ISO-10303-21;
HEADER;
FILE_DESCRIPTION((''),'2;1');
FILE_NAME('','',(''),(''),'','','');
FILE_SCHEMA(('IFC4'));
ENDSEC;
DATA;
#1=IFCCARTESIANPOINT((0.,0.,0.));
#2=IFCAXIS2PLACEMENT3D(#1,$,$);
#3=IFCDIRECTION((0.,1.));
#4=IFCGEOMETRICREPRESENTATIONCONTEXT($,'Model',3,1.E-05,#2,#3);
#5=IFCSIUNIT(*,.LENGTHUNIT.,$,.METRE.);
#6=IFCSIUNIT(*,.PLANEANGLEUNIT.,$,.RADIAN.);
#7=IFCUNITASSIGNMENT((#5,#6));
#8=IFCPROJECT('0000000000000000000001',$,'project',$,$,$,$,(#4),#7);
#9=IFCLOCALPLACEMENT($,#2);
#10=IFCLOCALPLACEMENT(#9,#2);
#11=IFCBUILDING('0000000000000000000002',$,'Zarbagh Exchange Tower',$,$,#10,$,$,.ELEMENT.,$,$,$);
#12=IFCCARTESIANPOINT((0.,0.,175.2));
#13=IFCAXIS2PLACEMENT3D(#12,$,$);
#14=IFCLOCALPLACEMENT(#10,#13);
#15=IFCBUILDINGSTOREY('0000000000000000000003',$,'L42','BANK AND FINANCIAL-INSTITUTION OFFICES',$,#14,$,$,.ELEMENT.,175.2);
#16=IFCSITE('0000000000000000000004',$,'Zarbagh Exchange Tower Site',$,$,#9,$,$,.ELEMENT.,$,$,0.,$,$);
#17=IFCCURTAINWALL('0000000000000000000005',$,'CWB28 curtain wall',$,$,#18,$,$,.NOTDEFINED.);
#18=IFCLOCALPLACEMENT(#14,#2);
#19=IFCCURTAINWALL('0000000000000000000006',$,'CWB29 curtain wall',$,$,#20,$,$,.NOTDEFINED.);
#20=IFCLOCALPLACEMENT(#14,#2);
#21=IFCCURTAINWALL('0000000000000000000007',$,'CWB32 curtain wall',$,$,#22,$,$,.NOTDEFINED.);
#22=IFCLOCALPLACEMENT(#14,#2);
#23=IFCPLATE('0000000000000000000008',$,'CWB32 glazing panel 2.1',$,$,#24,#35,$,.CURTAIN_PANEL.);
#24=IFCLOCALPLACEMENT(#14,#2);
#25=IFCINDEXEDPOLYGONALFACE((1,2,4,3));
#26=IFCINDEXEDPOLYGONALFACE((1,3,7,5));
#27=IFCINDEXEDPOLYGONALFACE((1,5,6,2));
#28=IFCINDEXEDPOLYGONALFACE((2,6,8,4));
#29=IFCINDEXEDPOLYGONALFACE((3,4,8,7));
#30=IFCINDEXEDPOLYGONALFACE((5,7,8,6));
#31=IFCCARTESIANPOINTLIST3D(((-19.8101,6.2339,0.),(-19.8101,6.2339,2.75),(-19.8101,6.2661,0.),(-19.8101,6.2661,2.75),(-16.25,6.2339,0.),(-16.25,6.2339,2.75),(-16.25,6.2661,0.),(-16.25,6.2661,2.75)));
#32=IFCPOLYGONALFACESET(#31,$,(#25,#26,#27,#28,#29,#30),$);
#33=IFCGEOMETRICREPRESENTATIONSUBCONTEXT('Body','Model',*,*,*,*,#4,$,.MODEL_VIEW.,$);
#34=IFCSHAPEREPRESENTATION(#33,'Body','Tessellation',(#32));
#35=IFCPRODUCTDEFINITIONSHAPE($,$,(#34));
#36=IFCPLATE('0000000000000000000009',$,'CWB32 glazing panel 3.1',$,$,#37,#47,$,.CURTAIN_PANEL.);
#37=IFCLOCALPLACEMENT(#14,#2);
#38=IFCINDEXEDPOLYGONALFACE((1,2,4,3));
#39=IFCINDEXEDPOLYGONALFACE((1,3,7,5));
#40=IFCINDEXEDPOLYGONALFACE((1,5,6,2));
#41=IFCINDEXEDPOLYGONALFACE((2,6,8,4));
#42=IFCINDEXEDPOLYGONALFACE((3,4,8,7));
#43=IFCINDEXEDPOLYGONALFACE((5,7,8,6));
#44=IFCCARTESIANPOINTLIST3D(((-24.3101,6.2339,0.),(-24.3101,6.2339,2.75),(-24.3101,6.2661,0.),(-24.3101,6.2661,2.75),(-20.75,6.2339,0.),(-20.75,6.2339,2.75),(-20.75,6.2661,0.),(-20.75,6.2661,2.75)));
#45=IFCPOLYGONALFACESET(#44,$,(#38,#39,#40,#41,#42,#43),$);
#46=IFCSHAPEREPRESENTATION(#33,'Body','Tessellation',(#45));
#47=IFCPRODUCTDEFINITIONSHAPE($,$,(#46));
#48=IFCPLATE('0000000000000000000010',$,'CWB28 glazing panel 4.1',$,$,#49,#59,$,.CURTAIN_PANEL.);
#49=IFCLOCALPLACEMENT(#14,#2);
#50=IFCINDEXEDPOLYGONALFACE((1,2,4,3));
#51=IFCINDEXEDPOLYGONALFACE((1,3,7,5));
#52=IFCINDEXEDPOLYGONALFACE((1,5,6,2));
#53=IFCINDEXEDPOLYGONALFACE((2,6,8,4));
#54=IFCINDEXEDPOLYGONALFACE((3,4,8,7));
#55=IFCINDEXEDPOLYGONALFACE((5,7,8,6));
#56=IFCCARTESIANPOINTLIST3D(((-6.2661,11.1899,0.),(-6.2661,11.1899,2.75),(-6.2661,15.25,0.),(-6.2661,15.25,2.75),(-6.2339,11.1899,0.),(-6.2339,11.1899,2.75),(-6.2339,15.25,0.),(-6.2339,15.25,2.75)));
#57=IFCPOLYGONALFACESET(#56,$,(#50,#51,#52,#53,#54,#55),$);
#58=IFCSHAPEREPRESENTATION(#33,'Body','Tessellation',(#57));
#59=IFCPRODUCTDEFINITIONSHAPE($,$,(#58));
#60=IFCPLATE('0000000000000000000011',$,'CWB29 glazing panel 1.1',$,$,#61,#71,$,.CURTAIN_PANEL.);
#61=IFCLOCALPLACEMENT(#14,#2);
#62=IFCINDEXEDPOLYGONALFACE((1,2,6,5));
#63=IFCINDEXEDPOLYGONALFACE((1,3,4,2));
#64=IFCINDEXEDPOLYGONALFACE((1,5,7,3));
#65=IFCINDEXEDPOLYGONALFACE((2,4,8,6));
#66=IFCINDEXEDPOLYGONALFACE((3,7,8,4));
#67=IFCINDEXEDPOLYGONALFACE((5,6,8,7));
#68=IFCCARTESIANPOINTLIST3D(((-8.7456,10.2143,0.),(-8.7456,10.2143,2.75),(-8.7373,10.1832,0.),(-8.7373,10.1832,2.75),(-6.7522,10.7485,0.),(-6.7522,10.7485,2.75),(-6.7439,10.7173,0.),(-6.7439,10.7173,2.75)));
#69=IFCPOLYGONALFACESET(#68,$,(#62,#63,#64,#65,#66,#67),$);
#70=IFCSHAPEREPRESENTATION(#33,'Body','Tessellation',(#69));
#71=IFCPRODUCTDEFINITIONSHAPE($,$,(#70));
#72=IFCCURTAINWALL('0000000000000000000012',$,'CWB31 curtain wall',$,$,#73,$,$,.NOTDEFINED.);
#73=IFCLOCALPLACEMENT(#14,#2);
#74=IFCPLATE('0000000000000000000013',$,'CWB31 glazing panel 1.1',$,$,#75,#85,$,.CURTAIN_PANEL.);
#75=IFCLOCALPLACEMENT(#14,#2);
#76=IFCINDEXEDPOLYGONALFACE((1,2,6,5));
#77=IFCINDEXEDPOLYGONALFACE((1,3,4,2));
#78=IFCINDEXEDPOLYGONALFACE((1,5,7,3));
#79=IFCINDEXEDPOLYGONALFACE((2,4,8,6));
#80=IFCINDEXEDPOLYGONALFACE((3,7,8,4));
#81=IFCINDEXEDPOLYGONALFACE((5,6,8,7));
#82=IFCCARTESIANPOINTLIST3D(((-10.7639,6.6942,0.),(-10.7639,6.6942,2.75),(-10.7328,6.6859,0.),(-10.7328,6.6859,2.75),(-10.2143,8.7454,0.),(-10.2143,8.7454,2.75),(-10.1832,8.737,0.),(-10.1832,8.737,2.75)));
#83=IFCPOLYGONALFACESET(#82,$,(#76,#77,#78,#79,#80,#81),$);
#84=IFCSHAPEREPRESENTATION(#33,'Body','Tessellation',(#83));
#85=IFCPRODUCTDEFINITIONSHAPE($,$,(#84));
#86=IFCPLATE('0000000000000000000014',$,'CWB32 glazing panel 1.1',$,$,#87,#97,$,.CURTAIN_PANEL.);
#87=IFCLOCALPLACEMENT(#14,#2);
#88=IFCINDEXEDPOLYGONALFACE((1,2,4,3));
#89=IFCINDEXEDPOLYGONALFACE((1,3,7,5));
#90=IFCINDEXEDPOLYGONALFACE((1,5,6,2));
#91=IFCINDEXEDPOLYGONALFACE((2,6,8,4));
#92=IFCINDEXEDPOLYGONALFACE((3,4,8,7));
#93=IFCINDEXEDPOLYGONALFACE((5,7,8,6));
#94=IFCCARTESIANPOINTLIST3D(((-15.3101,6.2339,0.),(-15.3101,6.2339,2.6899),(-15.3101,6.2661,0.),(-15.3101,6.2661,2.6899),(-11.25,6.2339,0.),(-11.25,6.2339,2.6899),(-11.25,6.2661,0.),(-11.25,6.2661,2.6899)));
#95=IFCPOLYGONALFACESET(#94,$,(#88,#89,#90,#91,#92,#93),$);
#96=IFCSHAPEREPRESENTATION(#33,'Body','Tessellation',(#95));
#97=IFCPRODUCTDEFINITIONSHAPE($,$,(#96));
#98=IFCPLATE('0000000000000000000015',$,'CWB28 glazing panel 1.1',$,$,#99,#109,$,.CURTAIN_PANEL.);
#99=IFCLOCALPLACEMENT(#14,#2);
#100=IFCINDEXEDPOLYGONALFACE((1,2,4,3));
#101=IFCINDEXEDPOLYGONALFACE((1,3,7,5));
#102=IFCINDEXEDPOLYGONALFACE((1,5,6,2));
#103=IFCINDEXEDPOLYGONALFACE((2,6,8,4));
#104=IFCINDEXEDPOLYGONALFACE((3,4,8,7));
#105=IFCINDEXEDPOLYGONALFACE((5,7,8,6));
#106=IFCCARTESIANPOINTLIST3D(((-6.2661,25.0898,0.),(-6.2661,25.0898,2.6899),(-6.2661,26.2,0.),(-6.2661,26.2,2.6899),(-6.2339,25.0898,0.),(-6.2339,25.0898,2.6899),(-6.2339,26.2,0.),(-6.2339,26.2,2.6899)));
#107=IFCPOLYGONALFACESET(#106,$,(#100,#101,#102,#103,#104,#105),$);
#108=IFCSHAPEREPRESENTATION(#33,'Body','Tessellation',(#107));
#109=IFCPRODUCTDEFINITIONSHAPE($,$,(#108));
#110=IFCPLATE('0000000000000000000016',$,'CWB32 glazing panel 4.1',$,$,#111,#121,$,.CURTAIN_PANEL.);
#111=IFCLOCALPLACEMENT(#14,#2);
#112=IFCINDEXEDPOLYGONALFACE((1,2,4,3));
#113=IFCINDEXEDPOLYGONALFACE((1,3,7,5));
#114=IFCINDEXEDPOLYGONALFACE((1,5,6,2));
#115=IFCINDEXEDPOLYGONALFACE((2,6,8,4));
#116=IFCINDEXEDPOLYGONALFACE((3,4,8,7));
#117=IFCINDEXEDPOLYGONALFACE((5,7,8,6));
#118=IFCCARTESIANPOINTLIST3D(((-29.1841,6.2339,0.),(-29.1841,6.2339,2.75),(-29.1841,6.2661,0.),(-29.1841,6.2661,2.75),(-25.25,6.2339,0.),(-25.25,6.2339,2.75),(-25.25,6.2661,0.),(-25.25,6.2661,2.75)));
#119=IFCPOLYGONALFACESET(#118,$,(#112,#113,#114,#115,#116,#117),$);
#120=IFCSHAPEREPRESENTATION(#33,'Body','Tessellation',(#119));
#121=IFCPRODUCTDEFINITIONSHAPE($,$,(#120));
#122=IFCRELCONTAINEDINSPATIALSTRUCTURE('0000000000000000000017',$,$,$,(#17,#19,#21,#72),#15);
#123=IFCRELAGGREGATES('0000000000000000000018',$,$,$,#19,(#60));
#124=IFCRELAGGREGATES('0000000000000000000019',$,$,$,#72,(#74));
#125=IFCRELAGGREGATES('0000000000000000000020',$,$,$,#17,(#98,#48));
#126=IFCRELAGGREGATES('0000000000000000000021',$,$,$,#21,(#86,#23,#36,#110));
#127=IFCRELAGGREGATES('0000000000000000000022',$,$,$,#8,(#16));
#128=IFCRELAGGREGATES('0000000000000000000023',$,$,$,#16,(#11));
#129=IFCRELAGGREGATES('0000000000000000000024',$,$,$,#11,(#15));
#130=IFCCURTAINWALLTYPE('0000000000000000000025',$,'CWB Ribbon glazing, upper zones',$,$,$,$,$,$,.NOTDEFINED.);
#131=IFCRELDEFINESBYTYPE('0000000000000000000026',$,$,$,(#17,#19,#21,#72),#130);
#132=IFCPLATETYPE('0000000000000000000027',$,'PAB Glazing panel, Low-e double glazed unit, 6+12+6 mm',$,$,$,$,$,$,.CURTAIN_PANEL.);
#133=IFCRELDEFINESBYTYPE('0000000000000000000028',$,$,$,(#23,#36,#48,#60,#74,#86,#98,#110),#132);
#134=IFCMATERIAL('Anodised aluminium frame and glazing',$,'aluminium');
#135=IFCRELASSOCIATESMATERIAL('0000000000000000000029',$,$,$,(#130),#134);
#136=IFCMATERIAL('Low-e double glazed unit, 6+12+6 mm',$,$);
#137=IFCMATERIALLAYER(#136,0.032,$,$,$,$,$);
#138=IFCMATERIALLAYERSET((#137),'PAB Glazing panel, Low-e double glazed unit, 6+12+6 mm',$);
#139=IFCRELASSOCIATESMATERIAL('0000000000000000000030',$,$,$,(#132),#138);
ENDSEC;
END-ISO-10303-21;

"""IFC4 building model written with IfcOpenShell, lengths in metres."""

from ifc_helpers import new_model, si_unit, direction, frame, origin, place, context, subcontext, project, spatial, polyline, outline, extrude, source, transform, mapped, material, layer, layer_set, type_object, element, aggregate, save


model = new_model("IFC4")

# Units and contexts
model_context = context("Model", 3, precision=1e-05, world=origin(), true_north=direction((0.0, 1.0)))
body_context = subcontext(model_context, "Body", "Model", "MODEL_VIEW")
ifc_project = project(units=[si_unit("LENGTHUNIT", "METRE"), si_unit("PLANEANGLEUNIT", "RADIAN")], contexts=[model_context])

# Site, building, storey
site_placement = place(None, origin())
site = spatial("IfcSite", under=ifc_project, at=site_placement, Name="Zarbagh Exchange Tower Site", CompositionType="ELEMENT", RefElevation=0.0)
building_placement = place(site_placement, origin())
building = spatial("IfcBuilding", under=site, at=building_placement, Name="Zarbagh Exchange Tower", CompositionType="ELEMENT")
storey_placement = place(building_placement, frame((0.0, 0.0, 175.2)))
storey = spatial("IfcBuildingStorey", under=building, at=storey_placement, Name="L42", Description="BANK AND FINANCIAL-INSTITUTION OFFICES", CompositionType="ELEMENT", Elevation=175.2)

# Curtain wall
ifc_material_1 = material(Name="Anodised aluminium frame and glazing", Category="aluminium")
curtain_wall_type = type_object("IfcCurtainWallType", Name="CWB Ribbon glazing, upper zones", PredefinedType="NOTDEFINED", material=ifc_material_1)
curtain_wall_1_placement = place(storey_placement, origin())
curtain_wall_1 = element("IfcCurtainWall", 1, at=curtain_wall_1_placement, inside=storey, type_object=curtain_wall_type, Name="CWB28 curtain wall", PredefinedType="NOTDEFINED")
placement = place(storey_placement, origin())

# Curtain wall
curtain_wall_2_placement = place(storey_placement, origin())
curtain_wall_2 = element("IfcCurtainWall", 2, at=curtain_wall_2_placement, inside=storey, type_object=curtain_wall_type, Name="CWB29 curtain wall", PredefinedType="NOTDEFINED")

# Curtain wall
curtain_wall_3_placement = place(storey_placement, origin())
curtain_wall_3 = element("IfcCurtainWall", 3, at=curtain_wall_3_placement, inside=storey, type_object=curtain_wall_type, Name="CWB32 curtain wall", PredefinedType="NOTDEFINED")

# Shared definitions
ifc_material_2 = material(Name="Low-e double glazed unit, 6+12+6 mm")
ifc_layer = layer(ifc_material_2, 0.032)
ifc_layer_set = layer_set([ifc_layer], Name="PAB Glazing panel, Low-e double glazed unit, 6+12+6 mm")
plate_type = type_object("IfcPlateType", Name="PAB Glazing panel, Low-e double glazed unit, 6+12+6 mm", PredefinedType="CURTAIN_PANEL", material=ifc_layer_set)

# Plates
shared_shape_1 = source(origin(), body_context, "Body", "SweptSolid", [
    extrude(outline(polyline([(0.0, -0.0161), (3.5601, -0.0161), (3.5601, 0.0161), (0.0, 0.0161), (0.0, -0.0161)])), origin(), (0.0, 0.0, 1.0), 2.75),
])
plate_1 = element("IfcPlate", 4, at=placement, type_object=plate_type, Name="CWB32 glazing panel 2.1", PredefinedType="CURTAIN_PANEL", context=body_context, shape_type="MappedRepresentation", body=[
    mapped(shared_shape_1, transform((-16.25, 6.25, 0.0), x_axis=(-1.0, 0.0, 0.0), y_axis=(0.0, -1.0, 0.0), z_axis=(0.0, 0.0, 1.0))),
])
plate_2 = element("IfcPlate", 5, at=placement, type_object=plate_type, Name="CWB32 glazing panel 3.1", PredefinedType="CURTAIN_PANEL", context=body_context, shape_type="MappedRepresentation", body=[
    mapped(shared_shape_1, transform((-20.75, 6.25, 0.0), x_axis=(-1.0, 0.0, 0.0), y_axis=(0.0, -1.0, 0.0), z_axis=(0.0, 0.0, 1.0))),
])
shared_shape_2 = source(origin(), body_context, "Body", "SweptSolid", [
    extrude(outline(polyline([(0.0, -0.0161), (4.0601, -0.0161), (4.0601, 0.0161), (0.0, 0.0161), (0.0, -0.0161)])), origin(), (0.0, 0.0, 1.0), 2.75),
])
plate_3 = element("IfcPlate", 6, at=placement, type_object=plate_type, Name="CWB28 glazing panel 4.1", PredefinedType="CURTAIN_PANEL", context=body_context, shape_type="MappedRepresentation", body=[
    mapped(shared_shape_2, transform((-6.25, 15.25, 0.0), x_axis=(0.0, -1.0, 0.0), y_axis=(1.0, 0.0, 0.0), z_axis=(0.0, 0.0, 1.0))),
])
shared_shape_3 = source(origin(), body_context, "Body", "SweptSolid", [
    extrude(outline(polyline([(0.0, -0.0161), (2.0637, -0.0161), (2.0637, 0.0161), (0.0, 0.0161), (0.0, -0.0161)])), origin(), (0.0, 0.0, 1.0), 2.75),
])
plate_4 = element("IfcPlate", 7, at=placement, type_object=plate_type, Name="CWB29 glazing panel 1.1", PredefinedType="CURTAIN_PANEL", context=body_context, shape_type="MappedRepresentation", body=[
    mapped(shared_shape_3, transform((-6.748, 10.7329, 0.0), x_axis=(-0.965924, -0.258825, 0.0), y_axis=(0.258825, -0.965924, 0.0), z_axis=(0.0, 0.0, 1.0))),
])
aggregate(curtain_wall_2, [plate_4])

# Curtain wall, plate
curtain_wall_4_placement = place(storey_placement, origin())
curtain_wall_4 = element("IfcCurtainWall", 8, at=curtain_wall_4_placement, inside=storey, type_object=curtain_wall_type, Name="CWB31 curtain wall", PredefinedType="NOTDEFINED")
shared_shape_4 = source(origin(), body_context, "Body", "SweptSolid", [
    extrude(outline(polyline([(0.0, -0.0161), (2.1235, -0.0161), (2.1235, 0.0161), (0.0, 0.0161), (0.0, -0.0161)])), origin(), (0.0, 0.0, 1.0), 2.75),
])
plate_5 = element("IfcPlate", 9, at=placement, type_object=plate_type, Name="CWB31 glazing panel 1.1", PredefinedType="CURTAIN_PANEL", context=body_context, shape_type="MappedRepresentation", body=[
    mapped(shared_shape_4, transform((-10.1987, 8.7412, 0.0), x_axis=(-0.258825, -0.965924, 0.0), y_axis=(0.965924, -0.258825, 0.0), z_axis=(0.0, 0.0, 1.0))),
])
aggregate(curtain_wall_4, [plate_5])

# Plates
shared_shape_5 = source(origin(), body_context, "Body", "SweptSolid", [
    extrude(outline(polyline([(0.0, -0.0161), (4.0601, -0.0161), (4.0601, 0.0161), (0.0, 0.0161), (0.0, -0.0161)])), origin(), (0.0, 0.0, 1.0), 2.6899),
])
plate_6 = element("IfcPlate", 10, at=placement, type_object=plate_type, Name="CWB32 glazing panel 1.1", PredefinedType="CURTAIN_PANEL", context=body_context, shape_type="MappedRepresentation", body=[
    mapped(shared_shape_5, transform((-11.25, 6.25, 0.0), x_axis=(-1.0, 0.0, 0.0), y_axis=(0.0, -1.0, 0.0), z_axis=(0.0, 0.0, 1.0))),
])
shared_shape_6 = source(origin(), body_context, "Body", "SweptSolid", [
    extrude(outline(polyline([(0.0, -0.0161), (1.1101, -0.0161), (1.1101, 0.0161), (0.0, 0.0161), (0.0, -0.0161)])), origin(), (0.0, 0.0, 1.0), 2.6899),
])
plate_7 = element("IfcPlate", 11, at=placement, type_object=plate_type, Name="CWB28 glazing panel 1.1", PredefinedType="CURTAIN_PANEL", context=body_context, shape_type="MappedRepresentation", body=[
    mapped(shared_shape_6, transform((-6.25, 26.2, 0.0), x_axis=(0.0, -1.0, 0.0), y_axis=(1.0, 0.0, 0.0), z_axis=(0.0, 0.0, 1.0))),
])
aggregate(curtain_wall_1, [plate_7, plate_3])
shared_shape_7 = source(origin(), body_context, "Body", "SweptSolid", [
    extrude(outline(polyline([(0.0, -0.0161), (3.9341, -0.0161), (3.9341, 0.0161), (0.0, 0.0161), (0.0, -0.0161)])), origin(), (0.0, 0.0, 1.0), 2.75),
])
plate_8 = element("IfcPlate", 12, at=placement, type_object=plate_type, Name="CWB32 glazing panel 4.1", PredefinedType="CURTAIN_PANEL", context=body_context, shape_type="MappedRepresentation", body=[
    mapped(shared_shape_7, transform((-25.25, 6.25, 0.0), x_axis=(-1.0, 0.0, 0.0), y_axis=(0.0, -1.0, 0.0), z_axis=(0.0, 0.0, 1.0))),
])
aggregate(curtain_wall_3, [plate_6, plate_1, plate_2, plate_8])

save(model, "model.ifc")
